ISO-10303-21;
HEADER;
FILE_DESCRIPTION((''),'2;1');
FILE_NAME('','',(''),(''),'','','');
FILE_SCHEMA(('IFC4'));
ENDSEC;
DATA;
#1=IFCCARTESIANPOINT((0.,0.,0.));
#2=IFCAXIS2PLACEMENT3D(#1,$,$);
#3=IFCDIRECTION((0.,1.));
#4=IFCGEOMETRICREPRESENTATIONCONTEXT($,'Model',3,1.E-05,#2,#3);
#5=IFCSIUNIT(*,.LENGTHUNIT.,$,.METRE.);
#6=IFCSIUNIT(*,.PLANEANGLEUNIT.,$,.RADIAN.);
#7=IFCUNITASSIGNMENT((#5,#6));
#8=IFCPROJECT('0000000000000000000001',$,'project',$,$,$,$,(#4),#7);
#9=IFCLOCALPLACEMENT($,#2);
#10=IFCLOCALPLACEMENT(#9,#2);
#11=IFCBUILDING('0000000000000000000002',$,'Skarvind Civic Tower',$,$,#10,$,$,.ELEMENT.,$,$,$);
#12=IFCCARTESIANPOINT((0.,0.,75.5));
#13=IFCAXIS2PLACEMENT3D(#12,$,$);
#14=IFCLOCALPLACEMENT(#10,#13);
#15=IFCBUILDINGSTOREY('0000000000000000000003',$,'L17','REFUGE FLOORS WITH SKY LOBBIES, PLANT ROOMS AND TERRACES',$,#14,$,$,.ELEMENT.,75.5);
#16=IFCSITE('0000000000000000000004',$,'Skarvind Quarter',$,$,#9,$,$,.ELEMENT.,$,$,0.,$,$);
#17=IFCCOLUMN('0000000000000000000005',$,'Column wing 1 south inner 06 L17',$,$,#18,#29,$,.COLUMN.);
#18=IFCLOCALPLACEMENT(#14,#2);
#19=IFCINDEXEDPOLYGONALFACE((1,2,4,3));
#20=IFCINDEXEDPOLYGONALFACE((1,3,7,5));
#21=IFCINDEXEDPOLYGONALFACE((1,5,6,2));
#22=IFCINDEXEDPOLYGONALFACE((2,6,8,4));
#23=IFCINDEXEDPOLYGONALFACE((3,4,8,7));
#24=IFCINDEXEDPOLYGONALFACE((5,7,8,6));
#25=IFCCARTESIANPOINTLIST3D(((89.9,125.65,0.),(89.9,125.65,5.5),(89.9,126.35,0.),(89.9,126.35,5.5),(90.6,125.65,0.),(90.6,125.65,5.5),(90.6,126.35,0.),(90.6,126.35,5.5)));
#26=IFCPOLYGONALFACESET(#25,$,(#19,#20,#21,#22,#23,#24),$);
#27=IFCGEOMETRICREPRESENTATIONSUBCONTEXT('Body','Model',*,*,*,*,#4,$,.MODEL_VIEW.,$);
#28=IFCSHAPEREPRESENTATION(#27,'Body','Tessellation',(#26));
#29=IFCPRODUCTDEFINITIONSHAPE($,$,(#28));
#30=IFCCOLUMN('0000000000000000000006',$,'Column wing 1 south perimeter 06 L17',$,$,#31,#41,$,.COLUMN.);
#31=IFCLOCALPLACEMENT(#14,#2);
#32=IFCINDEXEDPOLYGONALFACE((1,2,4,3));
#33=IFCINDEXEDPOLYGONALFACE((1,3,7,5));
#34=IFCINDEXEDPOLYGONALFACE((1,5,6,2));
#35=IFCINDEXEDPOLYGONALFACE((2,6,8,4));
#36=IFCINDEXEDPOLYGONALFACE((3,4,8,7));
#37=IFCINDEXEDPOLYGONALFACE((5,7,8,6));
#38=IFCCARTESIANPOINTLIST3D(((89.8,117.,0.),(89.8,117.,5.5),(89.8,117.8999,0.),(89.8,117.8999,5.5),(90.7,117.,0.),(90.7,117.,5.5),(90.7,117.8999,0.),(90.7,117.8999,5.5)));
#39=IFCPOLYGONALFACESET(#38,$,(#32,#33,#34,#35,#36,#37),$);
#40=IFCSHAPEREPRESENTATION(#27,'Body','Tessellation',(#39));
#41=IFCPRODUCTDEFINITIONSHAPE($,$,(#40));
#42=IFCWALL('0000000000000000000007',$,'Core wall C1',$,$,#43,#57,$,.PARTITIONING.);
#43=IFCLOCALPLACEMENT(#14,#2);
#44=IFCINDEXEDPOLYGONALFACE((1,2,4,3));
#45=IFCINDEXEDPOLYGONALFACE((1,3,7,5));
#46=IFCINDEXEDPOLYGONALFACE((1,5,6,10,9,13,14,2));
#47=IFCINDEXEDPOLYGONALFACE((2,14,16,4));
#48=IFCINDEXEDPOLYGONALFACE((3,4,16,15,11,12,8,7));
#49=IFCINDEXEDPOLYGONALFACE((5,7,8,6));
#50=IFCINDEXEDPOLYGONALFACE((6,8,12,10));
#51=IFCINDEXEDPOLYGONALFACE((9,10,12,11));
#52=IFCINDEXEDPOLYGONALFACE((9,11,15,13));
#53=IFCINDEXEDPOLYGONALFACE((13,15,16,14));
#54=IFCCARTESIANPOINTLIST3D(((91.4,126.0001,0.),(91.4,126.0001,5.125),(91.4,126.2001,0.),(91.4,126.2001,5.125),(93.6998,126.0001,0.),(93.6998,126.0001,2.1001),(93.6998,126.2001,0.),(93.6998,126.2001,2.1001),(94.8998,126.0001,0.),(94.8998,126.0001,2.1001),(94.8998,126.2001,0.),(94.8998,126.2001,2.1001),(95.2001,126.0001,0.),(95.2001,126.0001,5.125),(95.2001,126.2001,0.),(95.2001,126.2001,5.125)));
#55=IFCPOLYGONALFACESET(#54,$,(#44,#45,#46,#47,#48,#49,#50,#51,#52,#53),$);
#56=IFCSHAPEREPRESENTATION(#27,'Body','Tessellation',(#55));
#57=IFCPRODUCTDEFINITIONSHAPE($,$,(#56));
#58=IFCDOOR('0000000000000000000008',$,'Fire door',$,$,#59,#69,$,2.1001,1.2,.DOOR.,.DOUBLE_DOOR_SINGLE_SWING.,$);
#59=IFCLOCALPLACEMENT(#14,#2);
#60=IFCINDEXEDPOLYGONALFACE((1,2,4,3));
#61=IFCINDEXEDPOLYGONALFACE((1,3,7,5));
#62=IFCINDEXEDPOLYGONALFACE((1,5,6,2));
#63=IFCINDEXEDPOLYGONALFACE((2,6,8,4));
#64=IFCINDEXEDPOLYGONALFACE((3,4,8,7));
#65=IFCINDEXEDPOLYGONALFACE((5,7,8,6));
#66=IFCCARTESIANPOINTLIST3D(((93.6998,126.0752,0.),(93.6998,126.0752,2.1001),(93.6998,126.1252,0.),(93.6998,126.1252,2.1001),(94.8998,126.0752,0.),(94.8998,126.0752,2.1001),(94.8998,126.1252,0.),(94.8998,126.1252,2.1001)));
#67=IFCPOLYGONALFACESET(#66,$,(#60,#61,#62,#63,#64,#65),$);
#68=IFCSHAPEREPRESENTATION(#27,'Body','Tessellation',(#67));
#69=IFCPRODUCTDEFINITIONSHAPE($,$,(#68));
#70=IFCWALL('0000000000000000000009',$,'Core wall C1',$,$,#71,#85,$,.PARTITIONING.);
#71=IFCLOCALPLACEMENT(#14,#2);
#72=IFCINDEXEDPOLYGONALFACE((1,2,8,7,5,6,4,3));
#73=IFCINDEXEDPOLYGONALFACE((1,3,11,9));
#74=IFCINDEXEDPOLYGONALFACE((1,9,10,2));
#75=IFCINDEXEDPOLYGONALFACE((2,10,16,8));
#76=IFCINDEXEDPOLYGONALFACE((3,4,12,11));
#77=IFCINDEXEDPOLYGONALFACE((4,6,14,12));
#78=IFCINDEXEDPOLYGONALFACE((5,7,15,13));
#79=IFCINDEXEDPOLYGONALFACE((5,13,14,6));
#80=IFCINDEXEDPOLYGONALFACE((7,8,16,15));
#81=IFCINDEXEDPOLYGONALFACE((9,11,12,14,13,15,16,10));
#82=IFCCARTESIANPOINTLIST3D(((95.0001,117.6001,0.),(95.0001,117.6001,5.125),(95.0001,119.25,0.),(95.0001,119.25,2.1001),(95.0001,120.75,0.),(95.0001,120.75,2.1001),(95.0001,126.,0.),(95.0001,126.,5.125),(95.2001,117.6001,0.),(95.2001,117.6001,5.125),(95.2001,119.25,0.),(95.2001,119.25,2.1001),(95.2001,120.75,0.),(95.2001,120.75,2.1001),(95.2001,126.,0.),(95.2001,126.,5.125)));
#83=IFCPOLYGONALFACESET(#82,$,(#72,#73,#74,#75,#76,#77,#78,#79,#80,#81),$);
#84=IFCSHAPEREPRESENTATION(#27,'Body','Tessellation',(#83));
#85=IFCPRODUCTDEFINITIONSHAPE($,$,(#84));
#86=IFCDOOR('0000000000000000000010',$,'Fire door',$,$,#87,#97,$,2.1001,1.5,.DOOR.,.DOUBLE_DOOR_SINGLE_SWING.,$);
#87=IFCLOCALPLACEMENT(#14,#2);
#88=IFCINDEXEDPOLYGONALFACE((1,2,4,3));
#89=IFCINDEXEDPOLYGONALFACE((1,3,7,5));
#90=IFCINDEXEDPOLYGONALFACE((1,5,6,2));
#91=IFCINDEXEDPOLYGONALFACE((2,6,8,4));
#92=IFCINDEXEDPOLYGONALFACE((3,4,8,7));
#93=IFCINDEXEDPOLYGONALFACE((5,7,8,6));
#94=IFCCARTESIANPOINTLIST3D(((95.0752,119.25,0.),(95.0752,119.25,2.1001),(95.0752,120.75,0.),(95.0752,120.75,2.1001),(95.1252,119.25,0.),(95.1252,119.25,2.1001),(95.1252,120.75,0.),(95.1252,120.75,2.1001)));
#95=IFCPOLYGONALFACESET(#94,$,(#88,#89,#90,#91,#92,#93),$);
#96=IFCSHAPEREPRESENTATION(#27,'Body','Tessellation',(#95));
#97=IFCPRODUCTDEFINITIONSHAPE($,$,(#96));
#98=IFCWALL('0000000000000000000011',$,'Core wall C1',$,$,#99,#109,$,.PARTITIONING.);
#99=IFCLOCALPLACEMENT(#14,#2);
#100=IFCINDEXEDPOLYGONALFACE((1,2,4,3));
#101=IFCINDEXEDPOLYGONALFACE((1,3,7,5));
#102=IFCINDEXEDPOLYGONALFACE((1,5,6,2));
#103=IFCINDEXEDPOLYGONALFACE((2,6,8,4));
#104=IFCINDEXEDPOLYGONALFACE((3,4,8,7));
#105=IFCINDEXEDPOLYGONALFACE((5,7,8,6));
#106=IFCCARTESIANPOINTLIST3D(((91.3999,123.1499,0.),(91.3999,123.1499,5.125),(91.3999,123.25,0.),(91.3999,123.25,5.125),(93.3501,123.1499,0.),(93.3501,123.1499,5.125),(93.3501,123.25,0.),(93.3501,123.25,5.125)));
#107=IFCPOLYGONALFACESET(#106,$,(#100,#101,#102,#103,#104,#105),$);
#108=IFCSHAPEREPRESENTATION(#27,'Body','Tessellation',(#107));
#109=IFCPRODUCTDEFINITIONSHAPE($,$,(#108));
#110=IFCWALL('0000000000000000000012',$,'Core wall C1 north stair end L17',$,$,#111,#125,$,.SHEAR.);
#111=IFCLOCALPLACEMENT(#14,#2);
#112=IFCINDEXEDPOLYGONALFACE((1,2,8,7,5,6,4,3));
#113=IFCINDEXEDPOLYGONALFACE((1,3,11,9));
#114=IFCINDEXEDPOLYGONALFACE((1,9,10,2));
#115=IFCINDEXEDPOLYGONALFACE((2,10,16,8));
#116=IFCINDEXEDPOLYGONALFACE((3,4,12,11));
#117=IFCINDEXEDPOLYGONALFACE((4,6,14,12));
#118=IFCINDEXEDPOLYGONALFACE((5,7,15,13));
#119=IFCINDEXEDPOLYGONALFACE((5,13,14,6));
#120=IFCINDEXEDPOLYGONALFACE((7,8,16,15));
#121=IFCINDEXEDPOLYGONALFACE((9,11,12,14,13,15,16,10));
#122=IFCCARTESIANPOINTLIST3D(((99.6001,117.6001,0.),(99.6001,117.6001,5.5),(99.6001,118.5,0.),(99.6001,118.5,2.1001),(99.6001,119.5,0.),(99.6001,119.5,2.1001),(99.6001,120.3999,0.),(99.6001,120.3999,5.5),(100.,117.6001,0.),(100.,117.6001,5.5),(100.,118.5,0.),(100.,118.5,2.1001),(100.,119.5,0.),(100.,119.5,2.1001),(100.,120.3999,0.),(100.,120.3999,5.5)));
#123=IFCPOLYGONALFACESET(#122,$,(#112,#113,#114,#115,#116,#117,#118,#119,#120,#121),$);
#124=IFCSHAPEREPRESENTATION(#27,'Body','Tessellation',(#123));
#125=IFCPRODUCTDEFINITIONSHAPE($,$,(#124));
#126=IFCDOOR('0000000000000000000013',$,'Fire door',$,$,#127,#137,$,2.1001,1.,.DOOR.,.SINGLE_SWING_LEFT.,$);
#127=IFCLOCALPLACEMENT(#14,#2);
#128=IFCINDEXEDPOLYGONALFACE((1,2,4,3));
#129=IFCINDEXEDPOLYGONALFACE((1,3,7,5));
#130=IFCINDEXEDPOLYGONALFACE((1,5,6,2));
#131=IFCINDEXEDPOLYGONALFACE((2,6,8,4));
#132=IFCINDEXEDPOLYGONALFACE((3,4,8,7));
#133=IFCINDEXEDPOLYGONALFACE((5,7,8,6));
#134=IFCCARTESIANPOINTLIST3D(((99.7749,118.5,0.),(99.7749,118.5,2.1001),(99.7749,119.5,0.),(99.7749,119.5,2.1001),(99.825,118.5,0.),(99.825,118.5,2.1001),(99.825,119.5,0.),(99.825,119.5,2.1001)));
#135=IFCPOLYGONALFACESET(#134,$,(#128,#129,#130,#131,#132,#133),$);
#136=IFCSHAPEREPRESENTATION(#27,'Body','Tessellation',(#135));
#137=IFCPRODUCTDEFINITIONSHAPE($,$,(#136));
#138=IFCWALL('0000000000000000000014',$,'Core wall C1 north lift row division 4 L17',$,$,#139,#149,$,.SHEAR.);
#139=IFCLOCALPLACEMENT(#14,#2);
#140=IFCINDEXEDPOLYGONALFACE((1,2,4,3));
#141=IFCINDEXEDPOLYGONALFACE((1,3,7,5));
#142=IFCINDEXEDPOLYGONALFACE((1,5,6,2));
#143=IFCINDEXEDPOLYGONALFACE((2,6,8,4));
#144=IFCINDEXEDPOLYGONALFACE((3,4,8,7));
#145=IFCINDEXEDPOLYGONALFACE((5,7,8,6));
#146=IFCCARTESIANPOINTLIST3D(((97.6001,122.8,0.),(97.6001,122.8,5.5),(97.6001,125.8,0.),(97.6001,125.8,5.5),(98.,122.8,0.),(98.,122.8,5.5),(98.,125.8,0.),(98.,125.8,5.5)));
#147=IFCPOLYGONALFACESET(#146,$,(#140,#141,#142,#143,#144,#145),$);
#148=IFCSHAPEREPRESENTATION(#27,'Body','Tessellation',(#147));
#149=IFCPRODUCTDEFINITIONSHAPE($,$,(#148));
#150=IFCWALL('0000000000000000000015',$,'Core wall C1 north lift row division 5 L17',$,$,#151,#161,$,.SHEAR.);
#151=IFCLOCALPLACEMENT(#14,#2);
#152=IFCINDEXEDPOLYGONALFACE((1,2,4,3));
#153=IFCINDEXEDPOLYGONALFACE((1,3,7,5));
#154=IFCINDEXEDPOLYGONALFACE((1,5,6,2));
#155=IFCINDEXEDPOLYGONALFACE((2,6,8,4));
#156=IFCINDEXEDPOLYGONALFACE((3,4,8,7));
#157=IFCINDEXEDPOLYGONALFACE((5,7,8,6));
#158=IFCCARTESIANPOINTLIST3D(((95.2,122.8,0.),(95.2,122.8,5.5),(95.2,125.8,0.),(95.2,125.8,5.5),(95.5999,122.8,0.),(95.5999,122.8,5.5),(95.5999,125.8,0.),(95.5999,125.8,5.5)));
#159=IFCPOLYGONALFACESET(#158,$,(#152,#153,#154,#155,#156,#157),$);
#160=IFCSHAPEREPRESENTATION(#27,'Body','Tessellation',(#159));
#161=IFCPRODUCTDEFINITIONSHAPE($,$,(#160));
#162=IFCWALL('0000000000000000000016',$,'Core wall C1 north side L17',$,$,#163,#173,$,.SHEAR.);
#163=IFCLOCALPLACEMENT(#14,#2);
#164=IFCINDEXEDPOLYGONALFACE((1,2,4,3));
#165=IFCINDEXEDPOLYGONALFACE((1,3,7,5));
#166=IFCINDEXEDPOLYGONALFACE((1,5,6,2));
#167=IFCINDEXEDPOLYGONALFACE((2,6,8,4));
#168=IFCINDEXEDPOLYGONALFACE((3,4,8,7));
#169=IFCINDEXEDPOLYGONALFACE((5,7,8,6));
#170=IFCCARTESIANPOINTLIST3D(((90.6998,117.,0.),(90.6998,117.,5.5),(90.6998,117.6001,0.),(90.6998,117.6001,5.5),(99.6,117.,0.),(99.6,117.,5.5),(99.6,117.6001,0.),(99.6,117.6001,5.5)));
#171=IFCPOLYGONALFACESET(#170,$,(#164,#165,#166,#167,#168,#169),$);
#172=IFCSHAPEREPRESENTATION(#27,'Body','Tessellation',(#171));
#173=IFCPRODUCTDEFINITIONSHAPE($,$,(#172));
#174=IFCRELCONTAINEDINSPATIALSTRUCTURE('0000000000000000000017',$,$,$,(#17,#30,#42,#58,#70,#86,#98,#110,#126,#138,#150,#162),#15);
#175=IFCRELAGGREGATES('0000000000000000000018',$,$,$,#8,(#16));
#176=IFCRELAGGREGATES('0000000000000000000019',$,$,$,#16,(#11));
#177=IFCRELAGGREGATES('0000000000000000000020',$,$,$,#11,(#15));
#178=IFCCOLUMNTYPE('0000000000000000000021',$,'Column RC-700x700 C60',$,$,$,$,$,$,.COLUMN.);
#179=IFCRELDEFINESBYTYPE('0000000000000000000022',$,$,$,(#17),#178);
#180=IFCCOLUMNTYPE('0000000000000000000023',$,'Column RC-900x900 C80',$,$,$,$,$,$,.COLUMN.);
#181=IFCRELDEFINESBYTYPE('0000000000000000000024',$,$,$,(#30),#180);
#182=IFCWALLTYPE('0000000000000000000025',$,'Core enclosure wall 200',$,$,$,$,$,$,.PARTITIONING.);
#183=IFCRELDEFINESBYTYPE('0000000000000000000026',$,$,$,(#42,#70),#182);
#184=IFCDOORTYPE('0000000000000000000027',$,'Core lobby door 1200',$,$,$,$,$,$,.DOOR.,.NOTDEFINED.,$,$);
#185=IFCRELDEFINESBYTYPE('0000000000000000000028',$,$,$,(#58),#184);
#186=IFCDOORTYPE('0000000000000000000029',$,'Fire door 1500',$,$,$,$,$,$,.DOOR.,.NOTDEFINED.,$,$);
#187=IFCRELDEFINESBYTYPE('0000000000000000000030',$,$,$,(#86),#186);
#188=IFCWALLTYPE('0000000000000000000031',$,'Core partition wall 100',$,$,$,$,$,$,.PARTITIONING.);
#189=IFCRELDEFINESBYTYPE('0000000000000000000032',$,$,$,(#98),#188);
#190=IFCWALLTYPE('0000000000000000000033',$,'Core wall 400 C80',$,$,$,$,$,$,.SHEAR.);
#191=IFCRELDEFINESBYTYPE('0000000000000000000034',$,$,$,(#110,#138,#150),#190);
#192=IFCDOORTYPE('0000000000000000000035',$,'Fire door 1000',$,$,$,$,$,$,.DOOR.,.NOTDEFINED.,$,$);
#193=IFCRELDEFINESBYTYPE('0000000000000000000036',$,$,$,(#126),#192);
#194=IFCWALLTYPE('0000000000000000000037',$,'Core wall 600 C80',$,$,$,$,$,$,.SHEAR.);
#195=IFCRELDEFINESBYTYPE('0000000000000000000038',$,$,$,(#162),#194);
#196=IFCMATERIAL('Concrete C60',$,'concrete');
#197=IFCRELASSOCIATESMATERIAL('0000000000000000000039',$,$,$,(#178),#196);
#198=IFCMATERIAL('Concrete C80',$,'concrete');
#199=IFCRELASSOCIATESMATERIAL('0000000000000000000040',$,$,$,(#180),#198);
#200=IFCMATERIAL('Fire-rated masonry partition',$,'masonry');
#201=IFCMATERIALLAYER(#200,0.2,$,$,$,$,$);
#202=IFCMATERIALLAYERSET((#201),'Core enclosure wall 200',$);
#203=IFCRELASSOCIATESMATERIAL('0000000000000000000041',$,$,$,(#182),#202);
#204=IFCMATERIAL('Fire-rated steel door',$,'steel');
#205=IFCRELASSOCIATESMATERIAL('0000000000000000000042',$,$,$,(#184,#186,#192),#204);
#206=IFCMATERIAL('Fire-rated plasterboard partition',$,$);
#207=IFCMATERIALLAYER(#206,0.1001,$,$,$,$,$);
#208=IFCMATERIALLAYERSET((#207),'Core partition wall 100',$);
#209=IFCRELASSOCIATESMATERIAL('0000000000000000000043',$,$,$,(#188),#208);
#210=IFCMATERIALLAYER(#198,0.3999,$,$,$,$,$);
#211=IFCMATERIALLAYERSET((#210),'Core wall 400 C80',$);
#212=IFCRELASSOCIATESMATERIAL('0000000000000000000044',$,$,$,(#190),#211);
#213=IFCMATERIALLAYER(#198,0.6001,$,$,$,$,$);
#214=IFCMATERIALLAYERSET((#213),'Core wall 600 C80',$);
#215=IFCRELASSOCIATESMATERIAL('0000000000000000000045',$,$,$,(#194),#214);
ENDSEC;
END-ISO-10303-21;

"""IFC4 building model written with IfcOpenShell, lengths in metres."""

from ifc_helpers import new_model, si_unit, direction, frame, frame_2d, origin, origin_2d, place, context, subcontext, project, spatial, rectangle, extrude, material, layer, layer_set, material_profile, profile_set, type_object, element, fill, save


model = new_model("IFC4")

# Units and contexts
model_context = context("Model", 3, precision=1e-05, world=origin(), true_north=direction((0.0, 1.0)))
body_context = subcontext(model_context, "Body", "Model", "MODEL_VIEW")
ifc_project = project(units=[si_unit("LENGTHUNIT", "METRE"), si_unit("PLANEANGLEUNIT", "RADIAN")], contexts=[model_context])

# Site, building, storey
site_placement = place(None, origin())
site = spatial("IfcSite", under=ifc_project, at=site_placement, Name="Skarvind Quarter", CompositionType="ELEMENT", RefElevation=0.0)
building_placement = place(site_placement, origin())
building = spatial("IfcBuilding", under=site, at=building_placement, Name="Skarvind Civic Tower", CompositionType="ELEMENT")
storey_placement = place(building_placement, frame((0.0, 0.0, 75.5)))
storey = spatial("IfcBuildingStorey", under=building, at=storey_placement, Name="L17", Description="REFUGE FLOORS WITH SKY LOBBIES, PLANT ROOMS AND TERRACES", CompositionType="ELEMENT", Elevation=75.5)

# Columns
ifc_material_1 = material(Name="Concrete C60", Category="concrete")
ifc_material_profile_1 = material_profile(ifc_material_1, rectangle(XDim=0.7, YDim=0.7, at=origin_2d()), Name="RC-700x700")
ifc_profile_set_1 = profile_set([ifc_material_profile_1], Name="Concrete C60")
column_type_1 = type_object("IfcColumnType", Name="Column RC-700x700 C60", PredefinedType="COLUMN", material=ifc_profile_set_1)
column_1_placement = place(storey_placement, frame((90.25, 126.0, 0.0), z_axis=(0.0, 0.0, 1.0), x_axis=(1.0, 0.0, 0.0)))
element("IfcColumn", 1, at=column_1_placement, inside=storey, type_object=column_type_1, Name="Column wing 1 south inner 06 L17", PredefinedType="COLUMN", context=body_context, shape_type="SweptSolid", body=[
    extrude(rectangle(XDim=0.7, YDim=0.7, at=origin_2d()), origin(), (0.0, 0.0, 1.0), 5.5),
])
ifc_material_2 = material(Name="Concrete C80", Category="concrete")
ifc_material_profile_2 = material_profile(ifc_material_2, rectangle(XDim=0.8999, YDim=0.8999, at=origin_2d()), Name="RC-900x900")
ifc_profile_set_2 = profile_set([ifc_material_profile_2], Name="Concrete C80")
column_type_2 = type_object("IfcColumnType", Name="Column RC-900x900 C80", PredefinedType="COLUMN", material=ifc_profile_set_2)
column_2_placement = place(storey_placement, frame((90.25, 117.45, 0.0), z_axis=(0.0, 0.0, 1.0), x_axis=(1.0, 0.0, 0.0)))
element("IfcColumn", 2, at=column_2_placement, inside=storey, type_object=column_type_2, Name="Column wing 1 south perimeter 06 L17", PredefinedType="COLUMN", context=body_context, shape_type="SweptSolid", body=[
    extrude(rectangle(XDim=0.8999, YDim=0.8999, at=origin_2d()), origin(), (0.0, 0.0, 1.0), 5.5),
])

# Walls, openings, doors
ifc_material_3 = material(Name="Fire-rated masonry partition", Category="masonry")
ifc_layer_1 = layer(ifc_material_3, 0.2)
ifc_layer_set_1 = layer_set([ifc_layer_1], Name="Core enclosure wall 200")
wall_type_1 = type_object("IfcWallType", Name="Core enclosure wall 200", PredefinedType="PARTITIONING", material=ifc_layer_set_1)
wall_1_placement = place(storey_placement, frame((95.2, 126.1001, 0.0), z_axis=(0.0, 0.0, 1.0), x_axis=(-1.0, 0.0, 0.0)))
wall_1 = element("IfcWall", 3, at=wall_1_placement, inside=storey, type_object=wall_type_1, Name="Core wall C1", PredefinedType="PARTITIONING", context=body_context, shape_type="SweptSolid", body=[
    extrude(rectangle(XDim=3.8, YDim=0.2, at=frame_2d((1.8999, 0.0))), origin(), (0.0, 0.0, 1.0), 5.125),
])
opening_1_placement = place(wall_1_placement, frame((0.3, 0.0, 0.0)))
opening_1 = element("IfcOpeningElement", 4, at=opening_1_placement, cuts=wall_1, PredefinedType="OPENING", context=body_context, shape_type="SweptSolid", body=[
    extrude(rectangle(XDim=1.2, YDim=2.1001, at=frame_2d((0.6001, 1.05))), frame((0.0, 0.1099, 0.0), z_axis=(0.0, -1.0, 0.0), x_axis=(1.0, 0.0, 0.0)), (0.0, 0.0, 1.0), 0.22),
])
ifc_material_4 = material(Name="Fire-rated steel door", Category="steel")
door_type_1 = type_object("IfcDoorType", Name="Core lobby door 1200", OperationType="NOTDEFINED", PredefinedType="DOOR", material=ifc_material_4)
door_1_placement = place(opening_1_placement, origin())
door_1 = element("IfcDoor", 5, at=door_1_placement, inside=storey, type_object=door_type_1, Name="Fire door", OperationType="DOUBLE_DOOR_SINGLE_SWING", OverallHeight=2.1001, OverallWidth=1.2, PredefinedType="DOOR", context=body_context, shape_type="SweptSolid", body=[
    extrude(rectangle(XDim=1.2, YDim=2.1001, at=frame_2d((0.6001, 1.05))), frame((0.0, 0.0249, 0.0), z_axis=(0.0, -1.0, 0.0), x_axis=(1.0, 0.0, 0.0)), (0.0, 0.0, 1.0), 0.05),
])
fill(opening_1, door_1)
wall_2_placement = place(storey_placement, frame((95.1001, 117.6001, 0.0), z_axis=(0.0, 0.0, 1.0), x_axis=(0.0, 1.0, 0.0)))
wall_2 = element("IfcWall", 6, at=wall_2_placement, inside=storey, type_object=wall_type_1, Name="Core wall C1", PredefinedType="PARTITIONING", context=body_context, shape_type="SweptSolid", body=[
    extrude(rectangle(XDim=8.3999, YDim=0.2, at=frame_2d((4.2, 0.0))), origin(), (0.0, 0.0, 1.0), 5.125),
])
opening_2_placement = place(wall_2_placement, frame((1.6499, 0.0, 0.0)))
opening_2 = element("IfcOpeningElement", 7, at=opening_2_placement, cuts=wall_2, PredefinedType="OPENING", context=body_context, shape_type="SweptSolid", body=[
    extrude(rectangle(XDim=1.5, YDim=2.1001, at=frame_2d((0.75, 1.05))), frame((0.0, 0.1099, 0.0), z_axis=(0.0, -1.0, 0.0), x_axis=(1.0, 0.0, 0.0)), (0.0, 0.0, 1.0), 0.22),
])
door_type_2 = type_object("IfcDoorType", Name="Fire door 1500", OperationType="NOTDEFINED", PredefinedType="DOOR", material=ifc_material_4)
door_2_placement = place(opening_2_placement, origin())
door_2 = element("IfcDoor", 8, at=door_2_placement, inside=storey, type_object=door_type_2, Name="Fire door", OperationType="DOUBLE_DOOR_SINGLE_SWING", OverallHeight=2.1001, OverallWidth=1.5, PredefinedType="DOOR", context=body_context, shape_type="SweptSolid", body=[
    extrude(rectangle(XDim=1.5, YDim=2.1001, at=frame_2d((0.75, 1.05))), frame((0.0, 0.0249, 0.0), z_axis=(0.0, -1.0, 0.0), x_axis=(1.0, 0.0, 0.0)), (0.0, 0.0, 1.0), 0.05),
])
fill(opening_2, door_2)

# Wall
ifc_material_5 = material(Name="Fire-rated plasterboard partition")
ifc_layer_2 = layer(ifc_material_5, 0.1001)
ifc_layer_set_2 = layer_set([ifc_layer_2], Name="Core partition wall 100")
wall_type_2 = type_object("IfcWallType", Name="Core partition wall 100", PredefinedType="PARTITIONING", material=ifc_layer_set_2)
wall_3_placement = place(storey_placement, frame((93.3501, 123.2, 0.0), z_axis=(0.0, 0.0, 1.0), x_axis=(-1.0, 0.0, 0.0)))
element("IfcWall", 9, at=wall_3_placement, inside=storey, type_object=wall_type_2, Name="Core wall C1", PredefinedType="PARTITIONING", context=body_context, shape_type="SweptSolid", body=[
    extrude(rectangle(XDim=1.9502, YDim=0.1001, at=frame_2d((0.9751, 0.0))), origin(), (0.0, 0.0, 1.0), 5.125),
])

# Wall, opening, door
ifc_layer_3 = layer(ifc_material_2, 0.3999)
ifc_layer_set_3 = layer_set([ifc_layer_3], Name="Core wall 400 C80")
wall_type_3 = type_object("IfcWallType", Name="Core wall 400 C80", PredefinedType="SHEAR", material=ifc_layer_set_3)
wall_4_placement = place(storey_placement, frame((99.8, 120.3999, 0.0), z_axis=(0.0, 0.0, 1.0), x_axis=(0.0, -1.0, 0.0)))
wall_4 = element("IfcWall", 10, at=wall_4_placement, inside=storey, type_object=wall_type_3, Name="Core wall C1 north stair end L17", PredefinedType="SHEAR", context=body_context, shape_type="SweptSolid", body=[
    extrude(rectangle(XDim=2.7998, YDim=0.3999, at=frame_2d((1.3999, 0.0))), origin(), (0.0, 0.0, 1.0), 5.5),
])
opening_3_placement = place(wall_4_placement, frame((0.8999, 0.0, 0.0)))
opening_3 = element("IfcOpeningElement", 11, at=opening_3_placement, cuts=wall_4, PredefinedType="OPENING", context=body_context, shape_type="SweptSolid", body=[
    extrude(rectangle(XDim=1.0, YDim=2.1001, at=frame_2d((0.5, 1.05))), frame((0.0, 0.21, 0.0), z_axis=(0.0, -1.0, 0.0), x_axis=(1.0, 0.0, 0.0)), (0.0, 0.0, 1.0), 0.4199),
])
door_type_3 = type_object("IfcDoorType", Name="Fire door 1000", OperationType="NOTDEFINED", PredefinedType="DOOR", material=ifc_material_4)
door_3_placement = place(opening_3_placement, origin())
door_3 = element("IfcDoor", 12, at=door_3_placement, inside=storey, type_object=door_type_3, Name="Fire door", OperationType="SINGLE_SWING_LEFT", OverallHeight=2.1001, OverallWidth=1.0, PredefinedType="DOOR", context=body_context, shape_type="SweptSolid", body=[
    extrude(rectangle(XDim=1.0, YDim=2.1001, at=frame_2d((0.5, 1.05))), frame((0.0, 0.0249, 0.0), z_axis=(0.0, -1.0, 0.0), x_axis=(1.0, 0.0, 0.0)), (0.0, 0.0, 1.0), 0.05),
])
fill(opening_3, door_3)

# Walls
for number, where, z_axis, x_axis, name in (
    (13, (97.8, 125.8, 0.0), (0.0, 0.0, 1.0), (0.0, -1.0, 0.0), "Core wall C1 north lift row division 4 L17"),
    (14, (95.3999, 125.8, 0.0), (0.0, 0.0, 1.0), (0.0, -1.0, 0.0), "Core wall C1 north lift row division 5 L17"),
):
    element("IfcWall", number, at=place(storey_placement, frame(where, z_axis=z_axis, x_axis=x_axis)), inside=storey, type_object=wall_type_3, Name=name, PredefinedType="SHEAR", context=body_context, shape_type="SweptSolid", body=[
        extrude(rectangle(XDim=3.0, YDim=0.3999, at=frame_2d((1.5, 0.0))), origin(), (0.0, 0.0, 1.0), 5.5),
    ])
ifc_layer_4 = layer(ifc_material_2, 0.6001)
ifc_layer_set_4 = layer_set([ifc_layer_4], Name="Core wall 600 C80")
wall_type_4 = type_object("IfcWallType", Name="Core wall 600 C80", PredefinedType="SHEAR", material=ifc_layer_set_4)
wall_5_placement = place(storey_placement, frame((99.6001, 117.3, 0.0), z_axis=(0.0, 0.0, 1.0), x_axis=(-1.0, 0.0, 0.0)))
element("IfcWall", 15, at=wall_5_placement, inside=storey, type_object=wall_type_4, Name="Core wall C1 north side L17", PredefinedType="SHEAR", context=body_context, shape_type="SweptSolid", body=[
    extrude(rectangle(XDim=8.9001, YDim=0.6001, at=frame_2d((4.4502, 0.0))), origin(), (0.0, 0.0, 1.0), 5.5),
])

save(model, "model.ifc")
